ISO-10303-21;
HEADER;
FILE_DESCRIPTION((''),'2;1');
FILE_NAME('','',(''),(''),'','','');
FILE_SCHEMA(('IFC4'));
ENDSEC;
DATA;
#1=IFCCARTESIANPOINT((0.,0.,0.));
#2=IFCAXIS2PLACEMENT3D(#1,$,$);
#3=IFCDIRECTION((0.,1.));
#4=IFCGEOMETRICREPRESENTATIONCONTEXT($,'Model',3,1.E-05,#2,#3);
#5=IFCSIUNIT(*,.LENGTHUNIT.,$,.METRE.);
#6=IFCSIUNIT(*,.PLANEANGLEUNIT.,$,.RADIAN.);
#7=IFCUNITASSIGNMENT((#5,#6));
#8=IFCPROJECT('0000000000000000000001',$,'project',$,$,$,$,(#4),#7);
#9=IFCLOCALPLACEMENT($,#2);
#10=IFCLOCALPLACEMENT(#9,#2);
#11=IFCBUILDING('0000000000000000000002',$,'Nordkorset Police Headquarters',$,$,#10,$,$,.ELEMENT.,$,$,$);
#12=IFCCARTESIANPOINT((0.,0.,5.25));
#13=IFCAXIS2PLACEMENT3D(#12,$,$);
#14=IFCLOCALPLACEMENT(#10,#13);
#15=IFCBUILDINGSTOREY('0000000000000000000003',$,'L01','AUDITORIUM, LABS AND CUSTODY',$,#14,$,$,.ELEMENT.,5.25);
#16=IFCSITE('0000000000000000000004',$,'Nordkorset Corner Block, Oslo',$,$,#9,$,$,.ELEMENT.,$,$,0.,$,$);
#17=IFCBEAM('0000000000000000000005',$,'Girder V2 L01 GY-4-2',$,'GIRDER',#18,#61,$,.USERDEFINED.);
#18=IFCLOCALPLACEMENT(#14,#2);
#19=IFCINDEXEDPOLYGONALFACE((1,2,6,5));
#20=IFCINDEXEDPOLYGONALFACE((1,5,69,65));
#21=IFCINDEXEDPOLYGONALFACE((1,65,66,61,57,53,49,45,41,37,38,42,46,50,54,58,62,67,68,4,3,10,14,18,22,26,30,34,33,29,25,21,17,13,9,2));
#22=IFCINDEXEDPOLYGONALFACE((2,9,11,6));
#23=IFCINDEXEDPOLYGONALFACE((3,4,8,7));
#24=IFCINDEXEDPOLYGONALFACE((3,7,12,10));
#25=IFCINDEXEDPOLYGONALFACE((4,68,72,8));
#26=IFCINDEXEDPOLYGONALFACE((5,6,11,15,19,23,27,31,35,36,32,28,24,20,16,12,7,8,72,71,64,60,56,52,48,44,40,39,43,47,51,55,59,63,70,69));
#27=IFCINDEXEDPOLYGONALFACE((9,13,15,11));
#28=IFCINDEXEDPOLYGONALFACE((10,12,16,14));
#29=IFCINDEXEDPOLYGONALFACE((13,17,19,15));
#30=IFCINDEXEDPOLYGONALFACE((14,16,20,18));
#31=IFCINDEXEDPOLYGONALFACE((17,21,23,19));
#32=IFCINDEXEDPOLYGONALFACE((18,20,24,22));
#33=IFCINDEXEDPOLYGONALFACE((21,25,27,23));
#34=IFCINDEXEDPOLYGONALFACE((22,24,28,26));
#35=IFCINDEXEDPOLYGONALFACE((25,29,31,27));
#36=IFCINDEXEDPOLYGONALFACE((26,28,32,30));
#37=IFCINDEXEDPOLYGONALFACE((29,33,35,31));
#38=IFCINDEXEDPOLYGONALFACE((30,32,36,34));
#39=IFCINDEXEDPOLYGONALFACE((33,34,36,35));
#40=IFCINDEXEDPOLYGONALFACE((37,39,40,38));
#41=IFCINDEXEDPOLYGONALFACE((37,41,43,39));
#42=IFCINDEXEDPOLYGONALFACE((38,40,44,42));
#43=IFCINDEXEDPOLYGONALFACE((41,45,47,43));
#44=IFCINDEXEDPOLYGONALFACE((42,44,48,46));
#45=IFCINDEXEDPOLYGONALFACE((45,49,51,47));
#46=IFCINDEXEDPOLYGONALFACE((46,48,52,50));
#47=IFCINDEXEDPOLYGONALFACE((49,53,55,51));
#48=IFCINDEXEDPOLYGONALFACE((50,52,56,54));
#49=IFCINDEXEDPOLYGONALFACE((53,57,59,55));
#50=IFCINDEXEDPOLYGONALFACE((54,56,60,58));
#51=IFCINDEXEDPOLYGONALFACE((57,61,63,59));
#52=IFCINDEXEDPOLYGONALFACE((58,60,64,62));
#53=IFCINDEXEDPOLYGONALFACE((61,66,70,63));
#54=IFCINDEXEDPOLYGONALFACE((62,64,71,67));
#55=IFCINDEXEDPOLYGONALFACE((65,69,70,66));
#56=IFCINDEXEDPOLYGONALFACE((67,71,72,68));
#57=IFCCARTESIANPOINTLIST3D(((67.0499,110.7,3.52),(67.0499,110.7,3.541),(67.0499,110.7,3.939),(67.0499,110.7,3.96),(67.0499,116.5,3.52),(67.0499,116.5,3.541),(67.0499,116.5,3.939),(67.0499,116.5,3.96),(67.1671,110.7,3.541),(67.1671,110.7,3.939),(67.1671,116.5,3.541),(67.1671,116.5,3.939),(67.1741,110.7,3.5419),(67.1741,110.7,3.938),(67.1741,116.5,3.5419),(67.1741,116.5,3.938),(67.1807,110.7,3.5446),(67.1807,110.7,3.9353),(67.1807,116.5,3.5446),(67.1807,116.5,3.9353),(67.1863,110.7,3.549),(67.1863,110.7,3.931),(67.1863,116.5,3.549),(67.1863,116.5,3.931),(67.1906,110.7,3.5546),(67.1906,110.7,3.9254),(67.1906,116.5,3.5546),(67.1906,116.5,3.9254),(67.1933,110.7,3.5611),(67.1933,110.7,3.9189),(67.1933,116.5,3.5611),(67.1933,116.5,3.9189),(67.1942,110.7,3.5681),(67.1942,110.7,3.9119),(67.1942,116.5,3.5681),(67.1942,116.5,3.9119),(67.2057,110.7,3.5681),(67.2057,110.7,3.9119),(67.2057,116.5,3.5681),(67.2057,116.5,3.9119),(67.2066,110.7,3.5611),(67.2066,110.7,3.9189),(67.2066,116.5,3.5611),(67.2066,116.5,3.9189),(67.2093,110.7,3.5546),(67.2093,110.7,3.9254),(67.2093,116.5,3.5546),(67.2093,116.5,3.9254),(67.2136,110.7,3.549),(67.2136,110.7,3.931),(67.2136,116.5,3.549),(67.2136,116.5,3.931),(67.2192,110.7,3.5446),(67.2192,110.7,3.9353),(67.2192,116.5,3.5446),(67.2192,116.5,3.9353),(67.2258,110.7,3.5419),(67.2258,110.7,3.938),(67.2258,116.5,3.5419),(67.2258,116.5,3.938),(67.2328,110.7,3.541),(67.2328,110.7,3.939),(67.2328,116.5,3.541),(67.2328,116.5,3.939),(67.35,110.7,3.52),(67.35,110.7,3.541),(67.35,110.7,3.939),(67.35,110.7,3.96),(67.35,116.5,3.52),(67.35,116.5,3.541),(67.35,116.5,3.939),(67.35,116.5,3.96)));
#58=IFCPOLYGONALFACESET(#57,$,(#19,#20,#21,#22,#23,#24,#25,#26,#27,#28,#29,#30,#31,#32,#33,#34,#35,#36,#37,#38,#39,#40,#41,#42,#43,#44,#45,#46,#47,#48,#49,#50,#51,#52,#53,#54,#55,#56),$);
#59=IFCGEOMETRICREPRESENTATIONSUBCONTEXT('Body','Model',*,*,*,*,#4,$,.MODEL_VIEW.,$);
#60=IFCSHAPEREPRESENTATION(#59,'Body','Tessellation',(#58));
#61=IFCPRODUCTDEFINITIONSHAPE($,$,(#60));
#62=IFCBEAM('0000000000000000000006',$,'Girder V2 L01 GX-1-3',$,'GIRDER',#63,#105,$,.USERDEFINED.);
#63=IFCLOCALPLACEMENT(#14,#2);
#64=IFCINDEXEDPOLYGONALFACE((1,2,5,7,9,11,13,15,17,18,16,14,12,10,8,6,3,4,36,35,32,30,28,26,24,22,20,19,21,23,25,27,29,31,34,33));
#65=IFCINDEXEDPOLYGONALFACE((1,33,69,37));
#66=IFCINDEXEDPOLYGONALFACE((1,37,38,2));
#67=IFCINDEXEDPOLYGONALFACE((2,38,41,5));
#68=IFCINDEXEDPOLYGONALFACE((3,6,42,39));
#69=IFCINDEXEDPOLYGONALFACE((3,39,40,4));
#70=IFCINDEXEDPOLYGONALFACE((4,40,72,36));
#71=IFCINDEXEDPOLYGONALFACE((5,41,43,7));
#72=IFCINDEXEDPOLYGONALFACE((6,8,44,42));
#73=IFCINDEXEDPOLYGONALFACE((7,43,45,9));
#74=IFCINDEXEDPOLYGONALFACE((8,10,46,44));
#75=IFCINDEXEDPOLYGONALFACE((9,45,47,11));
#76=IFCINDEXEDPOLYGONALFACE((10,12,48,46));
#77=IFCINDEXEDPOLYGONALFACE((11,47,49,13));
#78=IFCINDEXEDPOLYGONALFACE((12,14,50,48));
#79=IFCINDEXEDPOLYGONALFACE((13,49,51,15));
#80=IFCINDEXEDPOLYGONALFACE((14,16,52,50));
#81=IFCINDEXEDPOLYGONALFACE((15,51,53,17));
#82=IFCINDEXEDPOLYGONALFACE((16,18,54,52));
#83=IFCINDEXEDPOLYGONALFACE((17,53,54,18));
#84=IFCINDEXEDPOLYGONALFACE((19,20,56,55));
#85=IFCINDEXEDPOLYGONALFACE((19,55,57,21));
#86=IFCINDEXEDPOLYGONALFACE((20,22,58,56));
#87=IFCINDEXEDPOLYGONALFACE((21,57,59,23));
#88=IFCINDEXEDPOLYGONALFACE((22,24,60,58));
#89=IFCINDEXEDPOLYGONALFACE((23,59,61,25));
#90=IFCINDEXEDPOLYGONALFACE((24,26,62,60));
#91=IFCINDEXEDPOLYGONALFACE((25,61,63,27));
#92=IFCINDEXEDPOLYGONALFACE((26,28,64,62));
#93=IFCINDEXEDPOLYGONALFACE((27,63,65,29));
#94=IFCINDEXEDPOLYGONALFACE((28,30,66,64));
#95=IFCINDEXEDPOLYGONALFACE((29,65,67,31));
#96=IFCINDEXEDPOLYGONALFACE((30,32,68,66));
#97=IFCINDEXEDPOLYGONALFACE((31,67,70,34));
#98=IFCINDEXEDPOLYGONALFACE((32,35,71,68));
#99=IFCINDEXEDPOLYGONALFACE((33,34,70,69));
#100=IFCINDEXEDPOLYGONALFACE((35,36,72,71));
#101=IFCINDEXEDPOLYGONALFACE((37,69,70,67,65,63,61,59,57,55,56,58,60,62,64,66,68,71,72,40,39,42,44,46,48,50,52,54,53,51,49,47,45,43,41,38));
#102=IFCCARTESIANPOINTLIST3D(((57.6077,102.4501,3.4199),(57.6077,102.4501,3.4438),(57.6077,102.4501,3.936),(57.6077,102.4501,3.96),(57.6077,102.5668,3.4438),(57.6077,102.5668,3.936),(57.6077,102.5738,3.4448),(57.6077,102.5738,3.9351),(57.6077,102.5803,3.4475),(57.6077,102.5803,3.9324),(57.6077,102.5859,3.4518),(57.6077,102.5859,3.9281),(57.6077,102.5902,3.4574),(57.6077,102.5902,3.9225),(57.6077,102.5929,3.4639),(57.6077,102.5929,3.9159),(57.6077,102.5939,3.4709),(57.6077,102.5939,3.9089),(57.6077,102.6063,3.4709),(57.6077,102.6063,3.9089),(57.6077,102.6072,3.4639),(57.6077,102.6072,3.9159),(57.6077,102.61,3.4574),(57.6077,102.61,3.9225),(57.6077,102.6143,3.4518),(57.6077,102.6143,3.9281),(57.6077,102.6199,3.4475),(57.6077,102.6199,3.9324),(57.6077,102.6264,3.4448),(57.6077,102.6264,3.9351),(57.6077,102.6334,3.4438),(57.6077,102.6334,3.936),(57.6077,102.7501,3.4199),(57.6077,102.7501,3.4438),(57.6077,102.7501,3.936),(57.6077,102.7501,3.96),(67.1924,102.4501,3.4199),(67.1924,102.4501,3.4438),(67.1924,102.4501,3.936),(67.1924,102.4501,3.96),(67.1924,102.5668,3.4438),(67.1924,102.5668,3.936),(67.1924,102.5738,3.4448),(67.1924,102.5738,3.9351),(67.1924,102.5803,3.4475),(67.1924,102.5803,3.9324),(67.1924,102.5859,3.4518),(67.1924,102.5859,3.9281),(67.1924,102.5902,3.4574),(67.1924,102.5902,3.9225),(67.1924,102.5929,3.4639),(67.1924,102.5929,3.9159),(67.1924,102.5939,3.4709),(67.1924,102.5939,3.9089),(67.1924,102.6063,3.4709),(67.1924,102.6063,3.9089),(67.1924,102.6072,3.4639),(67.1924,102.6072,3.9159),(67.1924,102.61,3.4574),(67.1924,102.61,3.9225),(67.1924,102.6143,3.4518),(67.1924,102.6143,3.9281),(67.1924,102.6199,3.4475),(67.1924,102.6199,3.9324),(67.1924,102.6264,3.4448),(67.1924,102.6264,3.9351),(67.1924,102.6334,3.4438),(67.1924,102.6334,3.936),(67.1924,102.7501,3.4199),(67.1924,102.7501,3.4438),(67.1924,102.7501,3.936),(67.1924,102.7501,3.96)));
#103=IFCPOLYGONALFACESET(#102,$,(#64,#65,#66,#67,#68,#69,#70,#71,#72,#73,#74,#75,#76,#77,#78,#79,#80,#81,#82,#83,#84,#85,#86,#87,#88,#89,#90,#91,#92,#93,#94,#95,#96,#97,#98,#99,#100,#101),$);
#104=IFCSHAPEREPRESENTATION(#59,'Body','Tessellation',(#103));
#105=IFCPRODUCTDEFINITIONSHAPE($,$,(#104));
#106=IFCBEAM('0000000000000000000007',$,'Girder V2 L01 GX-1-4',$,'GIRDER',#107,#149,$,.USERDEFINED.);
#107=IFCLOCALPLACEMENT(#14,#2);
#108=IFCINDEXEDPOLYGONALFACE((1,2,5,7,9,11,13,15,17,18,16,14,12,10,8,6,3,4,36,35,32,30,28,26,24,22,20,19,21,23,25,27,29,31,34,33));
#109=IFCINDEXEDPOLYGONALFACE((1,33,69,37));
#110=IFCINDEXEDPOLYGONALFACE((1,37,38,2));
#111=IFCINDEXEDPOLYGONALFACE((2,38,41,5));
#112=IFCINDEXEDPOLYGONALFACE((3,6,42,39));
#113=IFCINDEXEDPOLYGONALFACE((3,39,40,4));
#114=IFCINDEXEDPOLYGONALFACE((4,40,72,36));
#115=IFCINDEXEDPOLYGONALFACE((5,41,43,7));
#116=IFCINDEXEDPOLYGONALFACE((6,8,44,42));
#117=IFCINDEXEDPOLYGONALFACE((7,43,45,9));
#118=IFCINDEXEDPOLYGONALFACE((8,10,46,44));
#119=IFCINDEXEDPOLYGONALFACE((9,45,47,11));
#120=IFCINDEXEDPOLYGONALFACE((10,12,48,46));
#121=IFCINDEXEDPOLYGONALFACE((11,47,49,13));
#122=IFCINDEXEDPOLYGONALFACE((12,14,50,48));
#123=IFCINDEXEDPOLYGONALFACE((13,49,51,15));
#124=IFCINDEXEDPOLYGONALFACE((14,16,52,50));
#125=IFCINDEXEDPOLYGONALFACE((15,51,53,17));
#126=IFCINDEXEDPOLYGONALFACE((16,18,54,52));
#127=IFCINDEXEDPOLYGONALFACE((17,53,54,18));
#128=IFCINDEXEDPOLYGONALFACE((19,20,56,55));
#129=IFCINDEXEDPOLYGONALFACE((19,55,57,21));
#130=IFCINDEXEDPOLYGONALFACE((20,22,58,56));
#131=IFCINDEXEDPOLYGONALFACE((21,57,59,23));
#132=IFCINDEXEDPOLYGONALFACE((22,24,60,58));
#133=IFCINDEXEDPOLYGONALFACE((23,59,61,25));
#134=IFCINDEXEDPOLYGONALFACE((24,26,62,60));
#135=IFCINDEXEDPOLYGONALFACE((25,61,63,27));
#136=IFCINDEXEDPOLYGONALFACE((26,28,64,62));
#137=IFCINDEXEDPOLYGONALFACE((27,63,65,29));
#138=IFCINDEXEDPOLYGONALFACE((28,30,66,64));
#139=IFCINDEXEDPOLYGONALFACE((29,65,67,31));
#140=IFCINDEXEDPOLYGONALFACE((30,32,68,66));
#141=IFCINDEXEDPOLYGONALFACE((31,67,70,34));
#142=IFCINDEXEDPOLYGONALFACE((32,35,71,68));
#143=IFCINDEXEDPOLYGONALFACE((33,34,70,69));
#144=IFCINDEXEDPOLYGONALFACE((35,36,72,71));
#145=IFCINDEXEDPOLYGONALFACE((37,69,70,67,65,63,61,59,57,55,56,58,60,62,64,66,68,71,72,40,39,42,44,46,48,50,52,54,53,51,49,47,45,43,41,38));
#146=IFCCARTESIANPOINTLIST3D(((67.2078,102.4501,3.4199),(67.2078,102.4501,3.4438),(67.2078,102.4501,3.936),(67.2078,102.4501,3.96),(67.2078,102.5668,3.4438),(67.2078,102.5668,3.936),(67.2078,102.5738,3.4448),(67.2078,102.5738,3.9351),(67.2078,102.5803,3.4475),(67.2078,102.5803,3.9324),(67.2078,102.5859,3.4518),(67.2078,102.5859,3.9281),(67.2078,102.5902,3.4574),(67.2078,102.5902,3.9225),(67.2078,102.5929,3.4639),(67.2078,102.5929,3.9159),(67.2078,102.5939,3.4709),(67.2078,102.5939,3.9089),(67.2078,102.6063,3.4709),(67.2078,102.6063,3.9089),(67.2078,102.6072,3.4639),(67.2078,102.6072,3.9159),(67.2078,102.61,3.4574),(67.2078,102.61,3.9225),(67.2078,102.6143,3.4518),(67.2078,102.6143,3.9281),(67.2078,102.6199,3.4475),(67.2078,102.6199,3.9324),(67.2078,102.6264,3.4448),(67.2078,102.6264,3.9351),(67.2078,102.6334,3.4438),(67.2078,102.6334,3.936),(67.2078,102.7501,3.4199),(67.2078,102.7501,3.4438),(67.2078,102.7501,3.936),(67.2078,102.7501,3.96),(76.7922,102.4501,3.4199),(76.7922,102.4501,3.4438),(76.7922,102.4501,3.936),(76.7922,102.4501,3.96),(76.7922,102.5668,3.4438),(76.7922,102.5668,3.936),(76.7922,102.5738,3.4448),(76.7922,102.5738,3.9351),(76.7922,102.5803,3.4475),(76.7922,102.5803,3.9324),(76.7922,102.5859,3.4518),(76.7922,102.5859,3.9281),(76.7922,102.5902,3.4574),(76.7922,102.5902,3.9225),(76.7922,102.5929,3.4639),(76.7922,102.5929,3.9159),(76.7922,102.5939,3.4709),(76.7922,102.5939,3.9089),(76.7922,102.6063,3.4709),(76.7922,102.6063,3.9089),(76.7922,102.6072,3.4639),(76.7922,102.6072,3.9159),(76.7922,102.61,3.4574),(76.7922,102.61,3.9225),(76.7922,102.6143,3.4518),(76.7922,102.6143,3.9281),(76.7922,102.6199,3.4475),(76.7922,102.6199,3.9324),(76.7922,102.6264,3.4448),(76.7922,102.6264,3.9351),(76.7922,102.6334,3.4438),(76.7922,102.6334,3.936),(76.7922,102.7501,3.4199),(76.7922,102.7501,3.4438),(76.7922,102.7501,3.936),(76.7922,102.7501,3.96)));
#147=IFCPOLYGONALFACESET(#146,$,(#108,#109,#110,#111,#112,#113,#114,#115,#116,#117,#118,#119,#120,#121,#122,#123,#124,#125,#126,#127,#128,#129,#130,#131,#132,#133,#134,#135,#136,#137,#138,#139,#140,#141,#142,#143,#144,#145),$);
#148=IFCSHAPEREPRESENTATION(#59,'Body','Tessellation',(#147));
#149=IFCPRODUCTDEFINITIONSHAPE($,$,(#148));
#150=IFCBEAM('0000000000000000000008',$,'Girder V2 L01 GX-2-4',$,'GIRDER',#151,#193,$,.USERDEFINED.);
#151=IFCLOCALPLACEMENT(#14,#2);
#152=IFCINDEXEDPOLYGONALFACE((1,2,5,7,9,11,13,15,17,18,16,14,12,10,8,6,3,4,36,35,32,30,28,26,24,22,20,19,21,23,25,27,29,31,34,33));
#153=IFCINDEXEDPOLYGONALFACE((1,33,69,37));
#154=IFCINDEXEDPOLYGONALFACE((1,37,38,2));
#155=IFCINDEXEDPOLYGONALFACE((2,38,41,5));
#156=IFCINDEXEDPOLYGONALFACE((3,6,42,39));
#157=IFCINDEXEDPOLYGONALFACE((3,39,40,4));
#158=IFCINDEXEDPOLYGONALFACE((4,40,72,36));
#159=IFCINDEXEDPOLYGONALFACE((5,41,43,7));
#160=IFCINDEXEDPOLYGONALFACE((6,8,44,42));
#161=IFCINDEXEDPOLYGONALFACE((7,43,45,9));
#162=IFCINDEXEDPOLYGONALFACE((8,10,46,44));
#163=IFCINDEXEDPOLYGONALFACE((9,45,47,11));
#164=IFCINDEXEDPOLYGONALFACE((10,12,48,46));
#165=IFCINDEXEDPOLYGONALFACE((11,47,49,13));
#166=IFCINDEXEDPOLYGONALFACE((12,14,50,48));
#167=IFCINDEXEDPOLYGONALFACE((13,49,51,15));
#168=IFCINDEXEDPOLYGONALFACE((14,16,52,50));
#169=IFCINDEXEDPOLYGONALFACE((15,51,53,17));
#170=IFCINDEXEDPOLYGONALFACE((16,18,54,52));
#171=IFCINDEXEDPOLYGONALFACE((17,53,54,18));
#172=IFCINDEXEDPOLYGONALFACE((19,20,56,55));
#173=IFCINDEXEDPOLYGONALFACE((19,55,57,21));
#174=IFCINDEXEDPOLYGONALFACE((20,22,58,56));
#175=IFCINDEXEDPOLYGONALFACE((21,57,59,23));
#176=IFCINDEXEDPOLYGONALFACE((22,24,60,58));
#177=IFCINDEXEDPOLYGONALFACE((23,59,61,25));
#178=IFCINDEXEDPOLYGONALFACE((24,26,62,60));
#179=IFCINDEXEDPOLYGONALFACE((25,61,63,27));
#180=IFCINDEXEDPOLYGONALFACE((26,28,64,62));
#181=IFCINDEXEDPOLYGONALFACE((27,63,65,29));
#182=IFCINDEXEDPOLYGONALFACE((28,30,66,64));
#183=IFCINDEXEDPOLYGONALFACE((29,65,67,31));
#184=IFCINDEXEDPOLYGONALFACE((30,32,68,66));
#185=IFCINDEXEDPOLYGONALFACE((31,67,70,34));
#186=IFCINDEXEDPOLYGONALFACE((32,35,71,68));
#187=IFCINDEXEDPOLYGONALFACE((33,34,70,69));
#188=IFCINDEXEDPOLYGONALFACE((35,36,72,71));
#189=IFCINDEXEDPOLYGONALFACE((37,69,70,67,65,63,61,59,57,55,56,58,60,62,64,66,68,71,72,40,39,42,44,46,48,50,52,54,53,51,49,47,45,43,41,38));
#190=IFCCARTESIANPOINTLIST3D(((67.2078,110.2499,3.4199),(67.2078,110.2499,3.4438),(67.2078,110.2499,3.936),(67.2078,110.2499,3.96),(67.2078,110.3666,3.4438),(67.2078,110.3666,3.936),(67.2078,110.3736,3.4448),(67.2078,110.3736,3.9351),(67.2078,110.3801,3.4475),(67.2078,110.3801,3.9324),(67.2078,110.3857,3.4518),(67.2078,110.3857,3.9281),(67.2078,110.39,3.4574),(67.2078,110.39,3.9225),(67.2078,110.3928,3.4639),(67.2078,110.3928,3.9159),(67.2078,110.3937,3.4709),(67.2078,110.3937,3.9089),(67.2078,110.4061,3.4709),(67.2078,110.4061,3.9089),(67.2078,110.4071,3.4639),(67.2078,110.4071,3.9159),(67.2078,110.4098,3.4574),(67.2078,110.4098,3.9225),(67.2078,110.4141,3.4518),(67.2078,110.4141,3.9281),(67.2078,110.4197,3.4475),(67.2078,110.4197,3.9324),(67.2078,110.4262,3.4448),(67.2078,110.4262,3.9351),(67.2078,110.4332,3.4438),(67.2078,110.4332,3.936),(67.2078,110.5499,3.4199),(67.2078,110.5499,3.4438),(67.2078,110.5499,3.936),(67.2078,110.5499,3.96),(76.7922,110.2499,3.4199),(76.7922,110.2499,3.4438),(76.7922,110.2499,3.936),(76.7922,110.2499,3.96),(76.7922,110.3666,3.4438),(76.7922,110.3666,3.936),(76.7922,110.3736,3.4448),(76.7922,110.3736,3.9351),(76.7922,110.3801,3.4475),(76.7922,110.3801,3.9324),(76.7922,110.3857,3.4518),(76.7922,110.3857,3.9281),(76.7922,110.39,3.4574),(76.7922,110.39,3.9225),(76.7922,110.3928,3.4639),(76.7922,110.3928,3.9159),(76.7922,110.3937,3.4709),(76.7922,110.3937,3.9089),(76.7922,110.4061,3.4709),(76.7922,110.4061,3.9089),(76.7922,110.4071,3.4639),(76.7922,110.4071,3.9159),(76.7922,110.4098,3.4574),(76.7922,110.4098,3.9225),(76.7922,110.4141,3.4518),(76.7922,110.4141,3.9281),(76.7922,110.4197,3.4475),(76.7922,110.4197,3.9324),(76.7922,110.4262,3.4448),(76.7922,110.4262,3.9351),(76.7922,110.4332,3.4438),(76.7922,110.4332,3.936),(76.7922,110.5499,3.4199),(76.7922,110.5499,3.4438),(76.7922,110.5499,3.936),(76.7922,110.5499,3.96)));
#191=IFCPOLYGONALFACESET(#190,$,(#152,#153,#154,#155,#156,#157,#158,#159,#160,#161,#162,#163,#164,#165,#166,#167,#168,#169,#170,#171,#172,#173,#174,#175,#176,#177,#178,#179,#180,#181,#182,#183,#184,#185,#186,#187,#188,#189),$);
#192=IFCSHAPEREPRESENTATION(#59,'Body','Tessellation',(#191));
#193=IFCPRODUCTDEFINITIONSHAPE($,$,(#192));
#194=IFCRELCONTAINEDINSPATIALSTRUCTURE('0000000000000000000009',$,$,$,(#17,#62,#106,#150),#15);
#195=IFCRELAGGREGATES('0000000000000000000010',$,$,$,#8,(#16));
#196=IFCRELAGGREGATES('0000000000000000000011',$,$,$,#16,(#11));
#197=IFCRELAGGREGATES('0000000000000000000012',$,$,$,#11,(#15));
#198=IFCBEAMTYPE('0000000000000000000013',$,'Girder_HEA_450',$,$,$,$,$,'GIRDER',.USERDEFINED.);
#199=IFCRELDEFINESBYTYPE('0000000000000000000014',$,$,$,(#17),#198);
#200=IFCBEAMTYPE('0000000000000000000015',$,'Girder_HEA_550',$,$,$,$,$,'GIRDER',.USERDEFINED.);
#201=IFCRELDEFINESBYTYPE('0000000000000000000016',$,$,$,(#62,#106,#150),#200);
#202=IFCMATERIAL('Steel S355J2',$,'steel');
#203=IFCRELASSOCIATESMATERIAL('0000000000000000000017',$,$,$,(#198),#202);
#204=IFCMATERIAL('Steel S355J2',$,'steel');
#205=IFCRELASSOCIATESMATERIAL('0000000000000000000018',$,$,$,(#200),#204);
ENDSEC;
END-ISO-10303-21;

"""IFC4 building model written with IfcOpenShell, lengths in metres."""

from ifc_helpers import new_model, si_unit, direction, frame, origin, origin_2d, place, context, subcontext, project, spatial, i_section, extrude, material, material_profile, profile_set, type_object, element, save


model = new_model("IFC4")

# Units and contexts
model_context = context("Model", 3, precision=1e-05, world=origin(), true_north=direction((0.0, 1.0)))
body_context = subcontext(model_context, "Body", "Model", "MODEL_VIEW")
ifc_project = project(units=[si_unit("LENGTHUNIT", "METRE"), si_unit("PLANEANGLEUNIT", "RADIAN")], contexts=[model_context])

# Site, building, storey
site_placement = place(None, origin())
site = spatial("IfcSite", under=ifc_project, at=site_placement, Name="Nordkorset Corner Block, Oslo", CompositionType="ELEMENT", RefElevation=0.0)
building_placement = place(site_placement, origin())
building = spatial("IfcBuilding", under=site, at=building_placement, Name="Nordkorset Police Headquarters", CompositionType="ELEMENT")
storey_placement = place(building_placement, frame((0.0, 0.0, 5.25)))
storey = spatial("IfcBuildingStorey", under=building, at=storey_placement, Name="L01", Description="AUDITORIUM, LABS AND CUSTODY", CompositionType="ELEMENT", Elevation=5.25)

# Beams
ifc_material_1 = material(Name="Steel S355J2", Category="steel")
ifc_material_profile_1 = material_profile(ifc_material_1, i_section(OverallWidth=0.3, OverallDepth=0.4399, WebThickness=0.0115, FlangeThickness=0.021, FilletRadius=0.0271, at=origin_2d()), Name="HEA 450")
ifc_profile_set_1 = profile_set([ifc_material_profile_1], Name="Steel S355J2")
beam_type_1 = type_object("IfcBeamType", Name="Girder_HEA_450", ElementType="GIRDER", PredefinedType="USERDEFINED", material=ifc_profile_set_1)
beam_1_placement = place(storey_placement, frame((67.2, 110.7, 3.74), z_axis=(0.0, 1.0, 0.0), x_axis=(-1.0, 0.0, 0.0)))
element("IfcBeam", 1, at=beam_1_placement, inside=storey, type_object=beam_type_1, Name="Girder V2 L01 GY-4-2", ObjectType="GIRDER", PredefinedType="USERDEFINED", context=body_context, shape_type="SweptSolid", body=[
    extrude(i_section(OverallWidth=0.3, OverallDepth=0.4399, WebThickness=0.0115, FlangeThickness=0.021, FilletRadius=0.0271, at=origin_2d()), origin(), (0.0, 0.0, 1.0), 5.8),
])
ifc_material_2 = material(Name="Steel S355J2", Category="steel")
ifc_material_profile_2 = material_profile(ifc_material_2, i_section(OverallWidth=0.3, OverallDepth=0.54, WebThickness=0.0125, FlangeThickness=0.0239, FilletRadius=0.0271, at=origin_2d()), Name="HEA 550")
ifc_profile_set_2 = profile_set([ifc_material_profile_2], Name="Steel S355J2")
beam_type_2 = type_object("IfcBeamType", Name="Girder_HEA_550", ElementType="GIRDER", PredefinedType="USERDEFINED", material=ifc_profile_set_2)
beam_2_placement = place(storey_placement, frame((57.6077, 102.6001, 3.6899), z_axis=(1.0, 0.0, 0.0), x_axis=(0.0, 1.0, 0.0)))
element("IfcBeam", 2, at=beam_2_placement, inside=storey, type_object=beam_type_2, Name="Girder V2 L01 GX-1-3", ObjectType="GIRDER", PredefinedType="USERDEFINED", context=body_context, shape_type="SweptSolid", body=[
    extrude(i_section(OverallWidth=0.3, OverallDepth=0.54, WebThickness=0.0125, FlangeThickness=0.0239, FilletRadius=0.0271, at=origin_2d()), origin(), (0.0, 0.0, 1.0), 9.5847),
])
for number, where, z_axis, x_axis, name in (
    (3, (67.2078, 102.6001, 3.6899), (1.0, 0.0, 0.0), (0.0, 1.0, 0.0), "Girder V2 L01 GX-1-4"),
    (4, (67.2078, 110.3999, 3.6899), (1.0, 0.0, 0.0), (0.0, 1.0, 0.0), "Girder V2 L01 GX-2-4"),
):
    element("IfcBeam", number, at=place(storey_placement, frame(where, z_axis=z_axis, x_axis=x_axis)), inside=storey, type_object=beam_type_2, Name=name, ObjectType="GIRDER", PredefinedType="USERDEFINED", context=body_context, shape_type="SweptSolid", body=[
        extrude(i_section(OverallWidth=0.3, OverallDepth=0.54, WebThickness=0.0125, FlangeThickness=0.0239, FilletRadius=0.0271, at=origin_2d()), origin(), (0.0, 0.0, 1.0), 9.5845),
    ])

save(model, "model.ifc")
